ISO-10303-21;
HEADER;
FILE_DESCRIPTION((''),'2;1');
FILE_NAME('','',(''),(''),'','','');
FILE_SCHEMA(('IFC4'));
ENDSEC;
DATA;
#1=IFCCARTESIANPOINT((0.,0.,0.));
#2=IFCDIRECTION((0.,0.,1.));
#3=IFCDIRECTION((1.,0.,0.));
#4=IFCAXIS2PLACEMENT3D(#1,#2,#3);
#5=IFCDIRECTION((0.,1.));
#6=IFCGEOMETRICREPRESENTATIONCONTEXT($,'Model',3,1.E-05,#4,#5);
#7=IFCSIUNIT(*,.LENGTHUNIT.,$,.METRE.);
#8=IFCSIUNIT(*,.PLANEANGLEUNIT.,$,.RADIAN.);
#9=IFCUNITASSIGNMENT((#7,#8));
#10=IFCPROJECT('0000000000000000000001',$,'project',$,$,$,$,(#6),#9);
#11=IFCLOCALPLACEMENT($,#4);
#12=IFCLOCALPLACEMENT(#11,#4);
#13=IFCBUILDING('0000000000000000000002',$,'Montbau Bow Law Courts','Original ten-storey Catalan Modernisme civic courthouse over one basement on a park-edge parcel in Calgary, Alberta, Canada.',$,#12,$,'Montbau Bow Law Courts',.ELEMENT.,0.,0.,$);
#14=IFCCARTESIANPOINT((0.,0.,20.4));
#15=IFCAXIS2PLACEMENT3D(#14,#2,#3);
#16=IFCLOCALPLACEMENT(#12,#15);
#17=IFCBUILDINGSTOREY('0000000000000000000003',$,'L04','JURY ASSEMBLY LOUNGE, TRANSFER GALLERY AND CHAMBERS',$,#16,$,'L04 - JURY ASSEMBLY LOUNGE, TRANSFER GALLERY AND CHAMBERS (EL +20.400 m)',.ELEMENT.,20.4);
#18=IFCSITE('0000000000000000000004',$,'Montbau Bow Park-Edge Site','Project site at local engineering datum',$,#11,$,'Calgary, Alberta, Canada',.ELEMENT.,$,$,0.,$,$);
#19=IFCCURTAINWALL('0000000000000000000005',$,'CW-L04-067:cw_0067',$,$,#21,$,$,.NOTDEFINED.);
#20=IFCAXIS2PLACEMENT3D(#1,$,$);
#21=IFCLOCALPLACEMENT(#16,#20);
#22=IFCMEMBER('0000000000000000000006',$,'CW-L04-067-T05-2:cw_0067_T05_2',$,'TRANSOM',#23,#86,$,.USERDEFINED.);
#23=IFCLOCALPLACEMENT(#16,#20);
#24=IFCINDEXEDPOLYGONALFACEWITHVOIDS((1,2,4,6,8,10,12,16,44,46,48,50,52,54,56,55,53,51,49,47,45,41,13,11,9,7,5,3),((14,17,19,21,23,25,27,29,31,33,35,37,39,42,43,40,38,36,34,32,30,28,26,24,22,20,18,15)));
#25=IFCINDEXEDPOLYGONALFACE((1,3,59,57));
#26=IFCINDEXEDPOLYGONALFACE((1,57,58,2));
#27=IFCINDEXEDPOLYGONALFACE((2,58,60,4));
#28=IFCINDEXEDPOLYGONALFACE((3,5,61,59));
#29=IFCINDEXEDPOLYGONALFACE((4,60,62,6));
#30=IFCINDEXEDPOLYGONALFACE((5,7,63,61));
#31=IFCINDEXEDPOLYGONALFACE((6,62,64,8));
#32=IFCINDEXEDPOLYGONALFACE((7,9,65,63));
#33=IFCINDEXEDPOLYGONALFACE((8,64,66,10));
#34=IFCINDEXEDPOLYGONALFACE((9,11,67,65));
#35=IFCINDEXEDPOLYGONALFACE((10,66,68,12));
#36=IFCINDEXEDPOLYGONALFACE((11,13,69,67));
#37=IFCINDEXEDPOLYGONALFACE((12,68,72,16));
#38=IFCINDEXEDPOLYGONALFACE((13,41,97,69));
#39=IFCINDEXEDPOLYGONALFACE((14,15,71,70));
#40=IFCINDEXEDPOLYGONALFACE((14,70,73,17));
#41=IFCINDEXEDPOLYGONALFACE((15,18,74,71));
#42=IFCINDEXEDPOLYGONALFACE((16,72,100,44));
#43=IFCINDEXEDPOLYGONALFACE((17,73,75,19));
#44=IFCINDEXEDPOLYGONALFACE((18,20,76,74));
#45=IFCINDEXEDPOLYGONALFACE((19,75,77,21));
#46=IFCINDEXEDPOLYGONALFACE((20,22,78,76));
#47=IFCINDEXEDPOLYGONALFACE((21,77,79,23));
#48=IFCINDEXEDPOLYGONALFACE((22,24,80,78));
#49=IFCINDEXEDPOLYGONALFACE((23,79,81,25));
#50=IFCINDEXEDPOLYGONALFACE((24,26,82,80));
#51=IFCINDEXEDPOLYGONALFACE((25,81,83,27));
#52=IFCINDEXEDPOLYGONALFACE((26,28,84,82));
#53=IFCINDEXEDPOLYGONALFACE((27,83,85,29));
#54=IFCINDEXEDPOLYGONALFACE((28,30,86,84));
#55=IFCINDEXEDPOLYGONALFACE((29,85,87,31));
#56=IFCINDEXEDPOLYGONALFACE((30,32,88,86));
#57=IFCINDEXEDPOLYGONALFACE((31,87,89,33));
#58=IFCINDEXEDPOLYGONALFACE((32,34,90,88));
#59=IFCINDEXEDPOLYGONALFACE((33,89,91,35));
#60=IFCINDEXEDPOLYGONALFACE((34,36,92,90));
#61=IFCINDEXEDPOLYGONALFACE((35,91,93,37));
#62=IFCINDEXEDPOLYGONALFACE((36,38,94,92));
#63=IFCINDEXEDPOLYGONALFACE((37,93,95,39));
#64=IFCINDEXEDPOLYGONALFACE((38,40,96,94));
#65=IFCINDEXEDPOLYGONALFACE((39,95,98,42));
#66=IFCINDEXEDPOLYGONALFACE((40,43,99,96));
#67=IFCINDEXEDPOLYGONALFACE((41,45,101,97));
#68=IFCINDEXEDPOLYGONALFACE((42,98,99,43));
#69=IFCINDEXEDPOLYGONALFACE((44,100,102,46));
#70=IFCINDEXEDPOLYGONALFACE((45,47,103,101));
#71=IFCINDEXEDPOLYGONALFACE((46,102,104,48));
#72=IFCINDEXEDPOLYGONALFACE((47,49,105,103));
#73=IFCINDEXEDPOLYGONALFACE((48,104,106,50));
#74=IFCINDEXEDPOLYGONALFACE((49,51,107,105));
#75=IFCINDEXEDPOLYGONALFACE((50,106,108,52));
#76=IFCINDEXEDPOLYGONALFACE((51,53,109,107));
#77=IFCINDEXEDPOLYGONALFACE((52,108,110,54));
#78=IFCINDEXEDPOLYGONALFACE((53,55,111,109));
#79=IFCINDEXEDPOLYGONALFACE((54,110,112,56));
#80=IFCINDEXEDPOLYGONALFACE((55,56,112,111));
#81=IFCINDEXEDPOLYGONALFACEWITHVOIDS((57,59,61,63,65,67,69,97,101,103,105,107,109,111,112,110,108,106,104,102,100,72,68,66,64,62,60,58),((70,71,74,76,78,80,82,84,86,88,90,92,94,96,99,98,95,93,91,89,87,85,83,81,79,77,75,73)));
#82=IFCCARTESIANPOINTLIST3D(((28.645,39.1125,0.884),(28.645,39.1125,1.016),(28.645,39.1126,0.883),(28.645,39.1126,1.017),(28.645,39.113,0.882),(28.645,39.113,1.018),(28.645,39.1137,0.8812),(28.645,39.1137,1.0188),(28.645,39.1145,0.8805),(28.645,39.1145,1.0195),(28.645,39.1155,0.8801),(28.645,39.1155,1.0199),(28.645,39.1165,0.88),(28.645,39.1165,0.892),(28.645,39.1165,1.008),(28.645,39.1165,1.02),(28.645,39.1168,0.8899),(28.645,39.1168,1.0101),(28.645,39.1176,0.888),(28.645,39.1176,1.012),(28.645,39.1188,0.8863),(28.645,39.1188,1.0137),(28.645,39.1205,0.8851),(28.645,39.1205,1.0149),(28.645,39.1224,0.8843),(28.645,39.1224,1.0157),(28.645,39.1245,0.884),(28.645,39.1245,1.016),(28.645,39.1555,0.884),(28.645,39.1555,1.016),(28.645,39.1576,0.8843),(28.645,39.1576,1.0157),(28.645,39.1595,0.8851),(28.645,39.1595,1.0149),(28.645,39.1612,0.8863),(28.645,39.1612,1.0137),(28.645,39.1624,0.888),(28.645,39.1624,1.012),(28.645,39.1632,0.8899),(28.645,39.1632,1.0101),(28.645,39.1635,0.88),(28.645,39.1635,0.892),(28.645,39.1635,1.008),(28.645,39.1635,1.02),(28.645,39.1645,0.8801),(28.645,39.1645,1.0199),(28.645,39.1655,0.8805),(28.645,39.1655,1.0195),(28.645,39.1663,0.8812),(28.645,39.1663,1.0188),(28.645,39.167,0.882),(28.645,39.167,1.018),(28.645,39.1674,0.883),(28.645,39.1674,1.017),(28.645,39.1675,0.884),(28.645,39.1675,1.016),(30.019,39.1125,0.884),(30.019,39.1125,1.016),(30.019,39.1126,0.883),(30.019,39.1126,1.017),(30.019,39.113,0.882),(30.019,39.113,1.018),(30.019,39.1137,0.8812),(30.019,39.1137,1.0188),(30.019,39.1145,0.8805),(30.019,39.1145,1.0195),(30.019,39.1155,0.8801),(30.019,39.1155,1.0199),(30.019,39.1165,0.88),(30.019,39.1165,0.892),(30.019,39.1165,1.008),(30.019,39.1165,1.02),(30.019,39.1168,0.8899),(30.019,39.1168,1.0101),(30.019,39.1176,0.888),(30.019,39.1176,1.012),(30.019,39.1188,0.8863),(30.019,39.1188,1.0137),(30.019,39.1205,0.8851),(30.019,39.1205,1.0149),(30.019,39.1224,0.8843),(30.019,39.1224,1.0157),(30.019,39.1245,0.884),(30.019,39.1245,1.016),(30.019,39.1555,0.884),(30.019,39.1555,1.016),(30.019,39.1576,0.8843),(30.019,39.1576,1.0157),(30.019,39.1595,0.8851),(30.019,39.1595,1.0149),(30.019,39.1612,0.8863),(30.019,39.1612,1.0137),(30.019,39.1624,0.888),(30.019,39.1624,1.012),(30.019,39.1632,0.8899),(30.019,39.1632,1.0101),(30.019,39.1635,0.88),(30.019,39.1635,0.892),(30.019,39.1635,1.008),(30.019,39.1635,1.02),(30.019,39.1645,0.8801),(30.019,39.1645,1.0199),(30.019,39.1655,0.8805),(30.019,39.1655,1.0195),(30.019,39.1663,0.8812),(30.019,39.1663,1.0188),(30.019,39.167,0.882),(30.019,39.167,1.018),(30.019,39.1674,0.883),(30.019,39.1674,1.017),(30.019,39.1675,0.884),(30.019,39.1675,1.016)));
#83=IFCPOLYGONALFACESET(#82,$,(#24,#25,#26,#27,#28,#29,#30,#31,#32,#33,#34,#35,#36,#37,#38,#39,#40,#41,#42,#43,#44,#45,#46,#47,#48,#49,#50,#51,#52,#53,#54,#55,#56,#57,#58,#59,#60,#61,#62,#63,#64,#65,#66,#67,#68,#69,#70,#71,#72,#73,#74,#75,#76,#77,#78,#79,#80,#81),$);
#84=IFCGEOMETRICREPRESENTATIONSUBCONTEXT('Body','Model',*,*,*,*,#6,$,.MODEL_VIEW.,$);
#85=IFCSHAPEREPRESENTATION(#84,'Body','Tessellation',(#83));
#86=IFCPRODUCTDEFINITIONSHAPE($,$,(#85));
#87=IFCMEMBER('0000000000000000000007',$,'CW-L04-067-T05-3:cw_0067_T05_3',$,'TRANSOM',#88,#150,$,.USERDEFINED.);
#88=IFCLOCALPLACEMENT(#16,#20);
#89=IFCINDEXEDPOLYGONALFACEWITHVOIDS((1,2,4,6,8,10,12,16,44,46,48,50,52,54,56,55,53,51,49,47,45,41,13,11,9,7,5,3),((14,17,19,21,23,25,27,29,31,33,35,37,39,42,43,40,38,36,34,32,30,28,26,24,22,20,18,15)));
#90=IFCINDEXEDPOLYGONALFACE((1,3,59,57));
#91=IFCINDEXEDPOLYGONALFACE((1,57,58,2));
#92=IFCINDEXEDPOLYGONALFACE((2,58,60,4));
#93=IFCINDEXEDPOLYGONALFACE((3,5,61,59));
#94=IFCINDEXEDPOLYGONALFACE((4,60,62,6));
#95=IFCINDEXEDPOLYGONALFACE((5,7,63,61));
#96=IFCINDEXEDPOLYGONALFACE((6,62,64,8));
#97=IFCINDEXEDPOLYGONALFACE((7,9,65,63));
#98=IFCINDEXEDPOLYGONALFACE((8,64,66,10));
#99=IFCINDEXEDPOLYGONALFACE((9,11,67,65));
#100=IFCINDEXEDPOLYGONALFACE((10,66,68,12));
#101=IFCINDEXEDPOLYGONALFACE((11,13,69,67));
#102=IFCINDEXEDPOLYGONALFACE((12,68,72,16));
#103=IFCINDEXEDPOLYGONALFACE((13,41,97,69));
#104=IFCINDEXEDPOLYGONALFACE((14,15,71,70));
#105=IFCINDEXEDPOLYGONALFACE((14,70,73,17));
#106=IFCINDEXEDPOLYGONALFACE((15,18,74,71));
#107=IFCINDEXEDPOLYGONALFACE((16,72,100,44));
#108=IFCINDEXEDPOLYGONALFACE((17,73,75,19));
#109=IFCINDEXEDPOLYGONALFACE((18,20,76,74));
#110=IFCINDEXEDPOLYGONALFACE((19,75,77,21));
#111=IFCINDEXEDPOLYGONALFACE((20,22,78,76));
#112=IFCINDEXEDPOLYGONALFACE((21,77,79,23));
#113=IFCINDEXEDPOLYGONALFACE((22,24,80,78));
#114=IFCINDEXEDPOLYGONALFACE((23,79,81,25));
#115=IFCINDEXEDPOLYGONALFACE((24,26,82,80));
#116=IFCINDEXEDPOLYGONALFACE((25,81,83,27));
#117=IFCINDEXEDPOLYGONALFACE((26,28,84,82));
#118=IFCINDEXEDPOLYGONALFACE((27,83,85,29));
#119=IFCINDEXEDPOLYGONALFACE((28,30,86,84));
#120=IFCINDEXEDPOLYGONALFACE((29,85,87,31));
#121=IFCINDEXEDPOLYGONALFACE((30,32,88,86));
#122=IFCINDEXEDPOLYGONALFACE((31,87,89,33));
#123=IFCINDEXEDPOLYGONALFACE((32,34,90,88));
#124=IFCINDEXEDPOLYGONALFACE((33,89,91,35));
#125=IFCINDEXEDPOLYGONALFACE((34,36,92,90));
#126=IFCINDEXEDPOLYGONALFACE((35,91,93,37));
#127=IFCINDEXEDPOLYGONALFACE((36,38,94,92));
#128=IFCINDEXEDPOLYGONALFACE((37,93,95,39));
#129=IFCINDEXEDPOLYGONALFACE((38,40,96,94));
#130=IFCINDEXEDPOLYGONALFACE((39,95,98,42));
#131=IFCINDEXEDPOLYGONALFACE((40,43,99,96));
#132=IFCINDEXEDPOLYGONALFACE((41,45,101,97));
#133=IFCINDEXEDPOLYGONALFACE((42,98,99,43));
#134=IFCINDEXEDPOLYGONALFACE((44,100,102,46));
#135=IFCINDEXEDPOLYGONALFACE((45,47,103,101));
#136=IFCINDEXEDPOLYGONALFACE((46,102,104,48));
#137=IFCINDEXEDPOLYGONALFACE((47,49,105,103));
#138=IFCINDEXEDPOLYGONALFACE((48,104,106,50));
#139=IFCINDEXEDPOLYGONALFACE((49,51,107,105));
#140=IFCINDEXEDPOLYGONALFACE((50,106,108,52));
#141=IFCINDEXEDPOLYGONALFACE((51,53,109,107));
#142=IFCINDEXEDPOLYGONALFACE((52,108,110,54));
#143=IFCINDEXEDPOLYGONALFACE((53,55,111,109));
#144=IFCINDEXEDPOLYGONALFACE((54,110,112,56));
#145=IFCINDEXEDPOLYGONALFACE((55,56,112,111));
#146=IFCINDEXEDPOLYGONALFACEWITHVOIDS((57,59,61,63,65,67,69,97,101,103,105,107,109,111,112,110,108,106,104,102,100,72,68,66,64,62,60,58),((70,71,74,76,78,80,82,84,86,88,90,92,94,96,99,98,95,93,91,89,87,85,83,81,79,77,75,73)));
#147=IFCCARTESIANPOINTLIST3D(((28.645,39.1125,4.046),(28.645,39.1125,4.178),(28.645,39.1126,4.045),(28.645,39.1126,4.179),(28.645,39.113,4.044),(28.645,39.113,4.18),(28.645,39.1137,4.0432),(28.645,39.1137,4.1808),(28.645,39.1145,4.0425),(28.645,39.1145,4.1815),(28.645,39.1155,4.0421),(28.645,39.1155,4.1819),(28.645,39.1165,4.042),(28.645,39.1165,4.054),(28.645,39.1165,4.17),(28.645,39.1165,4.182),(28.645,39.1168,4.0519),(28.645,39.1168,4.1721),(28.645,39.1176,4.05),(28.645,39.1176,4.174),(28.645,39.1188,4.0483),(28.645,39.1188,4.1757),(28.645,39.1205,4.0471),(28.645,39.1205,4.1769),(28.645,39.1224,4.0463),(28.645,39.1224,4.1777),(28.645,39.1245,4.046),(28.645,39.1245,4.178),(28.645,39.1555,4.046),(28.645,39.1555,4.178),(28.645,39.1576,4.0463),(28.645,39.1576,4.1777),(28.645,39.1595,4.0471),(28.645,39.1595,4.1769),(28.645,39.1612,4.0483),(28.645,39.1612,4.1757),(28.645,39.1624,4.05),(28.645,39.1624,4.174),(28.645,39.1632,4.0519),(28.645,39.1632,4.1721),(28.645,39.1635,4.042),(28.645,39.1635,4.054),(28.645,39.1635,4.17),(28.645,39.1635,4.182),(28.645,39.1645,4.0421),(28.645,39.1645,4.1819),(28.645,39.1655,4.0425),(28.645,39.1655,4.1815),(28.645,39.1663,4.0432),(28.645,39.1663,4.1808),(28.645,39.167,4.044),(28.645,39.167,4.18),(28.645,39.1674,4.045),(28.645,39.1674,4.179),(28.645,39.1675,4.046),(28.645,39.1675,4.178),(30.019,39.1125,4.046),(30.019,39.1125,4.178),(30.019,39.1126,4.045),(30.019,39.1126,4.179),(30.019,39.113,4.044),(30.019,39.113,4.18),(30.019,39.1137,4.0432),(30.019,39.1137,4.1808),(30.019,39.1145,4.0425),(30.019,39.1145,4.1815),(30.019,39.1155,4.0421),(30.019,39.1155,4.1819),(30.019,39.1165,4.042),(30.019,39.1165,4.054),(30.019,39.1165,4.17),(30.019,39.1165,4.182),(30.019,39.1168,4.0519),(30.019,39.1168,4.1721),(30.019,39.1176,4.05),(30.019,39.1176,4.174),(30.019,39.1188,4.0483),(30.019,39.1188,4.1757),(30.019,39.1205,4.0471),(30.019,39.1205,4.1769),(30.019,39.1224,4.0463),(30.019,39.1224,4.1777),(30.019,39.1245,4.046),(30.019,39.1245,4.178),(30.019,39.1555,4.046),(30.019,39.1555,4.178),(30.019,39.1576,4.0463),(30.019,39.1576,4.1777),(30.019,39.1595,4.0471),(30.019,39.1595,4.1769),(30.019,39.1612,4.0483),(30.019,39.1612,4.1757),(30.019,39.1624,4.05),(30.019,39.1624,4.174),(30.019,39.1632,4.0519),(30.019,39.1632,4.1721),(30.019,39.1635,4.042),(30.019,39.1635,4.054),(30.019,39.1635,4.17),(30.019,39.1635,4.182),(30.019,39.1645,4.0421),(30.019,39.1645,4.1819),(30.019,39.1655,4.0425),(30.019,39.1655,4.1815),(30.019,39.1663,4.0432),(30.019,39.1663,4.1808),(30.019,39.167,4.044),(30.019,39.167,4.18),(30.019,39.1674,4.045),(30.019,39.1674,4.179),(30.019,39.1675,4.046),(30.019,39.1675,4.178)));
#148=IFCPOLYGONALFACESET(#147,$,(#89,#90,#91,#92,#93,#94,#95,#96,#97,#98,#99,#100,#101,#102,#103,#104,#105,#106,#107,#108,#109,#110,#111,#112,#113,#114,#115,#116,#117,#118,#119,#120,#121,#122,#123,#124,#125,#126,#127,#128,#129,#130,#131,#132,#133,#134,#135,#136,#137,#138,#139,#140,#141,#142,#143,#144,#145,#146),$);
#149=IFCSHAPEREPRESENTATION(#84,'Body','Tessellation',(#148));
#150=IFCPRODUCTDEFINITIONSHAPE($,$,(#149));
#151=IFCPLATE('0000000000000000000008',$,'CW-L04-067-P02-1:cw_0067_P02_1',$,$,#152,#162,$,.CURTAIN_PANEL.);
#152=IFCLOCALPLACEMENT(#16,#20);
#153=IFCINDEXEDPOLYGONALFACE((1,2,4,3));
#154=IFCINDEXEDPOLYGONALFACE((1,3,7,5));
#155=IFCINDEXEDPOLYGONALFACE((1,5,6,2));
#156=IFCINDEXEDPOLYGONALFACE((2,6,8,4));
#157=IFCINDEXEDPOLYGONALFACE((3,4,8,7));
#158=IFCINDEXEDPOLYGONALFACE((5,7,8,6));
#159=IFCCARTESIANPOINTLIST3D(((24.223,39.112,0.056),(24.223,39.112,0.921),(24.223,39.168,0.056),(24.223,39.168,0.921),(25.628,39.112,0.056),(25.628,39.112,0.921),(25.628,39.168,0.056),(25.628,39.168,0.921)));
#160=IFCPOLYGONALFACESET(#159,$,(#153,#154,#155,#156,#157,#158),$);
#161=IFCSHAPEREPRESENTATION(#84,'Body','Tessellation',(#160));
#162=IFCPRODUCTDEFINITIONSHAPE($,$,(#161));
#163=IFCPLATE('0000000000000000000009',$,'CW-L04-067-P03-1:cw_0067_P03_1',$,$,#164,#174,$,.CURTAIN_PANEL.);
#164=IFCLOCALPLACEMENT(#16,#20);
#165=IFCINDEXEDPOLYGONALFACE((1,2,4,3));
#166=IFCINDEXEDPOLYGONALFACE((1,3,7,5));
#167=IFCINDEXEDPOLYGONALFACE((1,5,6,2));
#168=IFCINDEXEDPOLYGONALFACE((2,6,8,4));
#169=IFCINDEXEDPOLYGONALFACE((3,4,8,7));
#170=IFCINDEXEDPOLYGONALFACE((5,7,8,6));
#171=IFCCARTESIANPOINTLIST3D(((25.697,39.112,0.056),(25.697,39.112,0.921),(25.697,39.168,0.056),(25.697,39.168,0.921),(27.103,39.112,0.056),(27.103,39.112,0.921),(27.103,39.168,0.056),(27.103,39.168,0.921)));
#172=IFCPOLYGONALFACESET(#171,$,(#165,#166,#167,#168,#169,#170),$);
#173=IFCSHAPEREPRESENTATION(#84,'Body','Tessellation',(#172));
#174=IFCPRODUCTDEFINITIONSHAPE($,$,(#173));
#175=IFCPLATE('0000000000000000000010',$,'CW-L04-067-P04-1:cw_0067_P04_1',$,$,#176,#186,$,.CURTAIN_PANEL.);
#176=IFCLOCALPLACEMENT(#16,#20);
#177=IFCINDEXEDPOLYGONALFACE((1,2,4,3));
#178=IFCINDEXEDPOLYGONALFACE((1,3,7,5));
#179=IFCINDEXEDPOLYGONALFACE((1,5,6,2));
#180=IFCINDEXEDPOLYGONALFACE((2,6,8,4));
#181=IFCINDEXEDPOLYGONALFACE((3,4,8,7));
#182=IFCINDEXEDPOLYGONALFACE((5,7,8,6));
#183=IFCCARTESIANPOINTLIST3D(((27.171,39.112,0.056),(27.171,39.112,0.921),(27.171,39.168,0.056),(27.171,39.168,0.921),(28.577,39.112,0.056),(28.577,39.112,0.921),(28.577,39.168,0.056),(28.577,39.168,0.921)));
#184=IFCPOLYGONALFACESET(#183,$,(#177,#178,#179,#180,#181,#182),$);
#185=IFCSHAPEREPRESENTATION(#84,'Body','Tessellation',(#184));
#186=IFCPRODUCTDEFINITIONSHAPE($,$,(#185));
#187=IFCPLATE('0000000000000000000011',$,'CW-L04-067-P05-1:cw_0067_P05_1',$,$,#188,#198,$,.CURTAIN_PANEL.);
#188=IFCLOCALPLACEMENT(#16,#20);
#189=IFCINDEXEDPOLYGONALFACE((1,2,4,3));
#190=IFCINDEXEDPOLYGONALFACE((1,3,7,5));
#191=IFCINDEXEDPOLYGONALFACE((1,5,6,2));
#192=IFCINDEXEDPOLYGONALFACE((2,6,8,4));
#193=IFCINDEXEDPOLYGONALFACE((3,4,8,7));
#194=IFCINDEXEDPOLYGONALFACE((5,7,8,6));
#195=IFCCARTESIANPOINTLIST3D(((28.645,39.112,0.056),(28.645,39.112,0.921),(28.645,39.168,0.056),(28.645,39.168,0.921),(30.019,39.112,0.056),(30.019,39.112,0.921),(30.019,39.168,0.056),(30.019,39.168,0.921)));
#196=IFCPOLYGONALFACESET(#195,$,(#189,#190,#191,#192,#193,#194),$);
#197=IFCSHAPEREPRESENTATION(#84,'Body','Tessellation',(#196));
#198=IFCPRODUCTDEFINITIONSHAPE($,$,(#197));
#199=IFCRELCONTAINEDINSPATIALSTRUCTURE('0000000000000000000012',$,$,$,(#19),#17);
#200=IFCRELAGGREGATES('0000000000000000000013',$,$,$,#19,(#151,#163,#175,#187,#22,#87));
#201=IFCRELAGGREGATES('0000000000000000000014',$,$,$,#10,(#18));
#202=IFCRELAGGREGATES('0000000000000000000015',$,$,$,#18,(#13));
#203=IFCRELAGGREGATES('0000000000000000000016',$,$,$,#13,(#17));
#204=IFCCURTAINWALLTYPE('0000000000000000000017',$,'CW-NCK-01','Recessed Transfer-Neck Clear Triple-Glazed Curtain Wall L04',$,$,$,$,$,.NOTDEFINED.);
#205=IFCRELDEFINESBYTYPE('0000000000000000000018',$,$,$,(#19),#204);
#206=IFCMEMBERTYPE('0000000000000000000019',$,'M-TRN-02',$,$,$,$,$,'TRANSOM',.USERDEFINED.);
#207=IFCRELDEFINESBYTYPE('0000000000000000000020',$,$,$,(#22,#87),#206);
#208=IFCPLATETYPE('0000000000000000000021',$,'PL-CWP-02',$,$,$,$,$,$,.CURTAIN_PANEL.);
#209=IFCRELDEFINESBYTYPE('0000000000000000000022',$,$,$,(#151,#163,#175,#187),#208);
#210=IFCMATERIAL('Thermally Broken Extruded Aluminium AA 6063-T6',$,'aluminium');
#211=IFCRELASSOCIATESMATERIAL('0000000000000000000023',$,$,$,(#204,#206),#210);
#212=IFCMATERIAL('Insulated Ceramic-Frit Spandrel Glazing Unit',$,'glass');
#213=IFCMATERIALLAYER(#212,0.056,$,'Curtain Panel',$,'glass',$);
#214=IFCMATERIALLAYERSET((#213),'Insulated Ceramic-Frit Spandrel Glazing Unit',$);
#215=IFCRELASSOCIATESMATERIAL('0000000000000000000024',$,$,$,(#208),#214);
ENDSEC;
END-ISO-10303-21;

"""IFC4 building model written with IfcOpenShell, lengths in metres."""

from ifc_helpers import new_model, si_unit, direction, frame, frame_2d, origin_with_axes, origin_2d_with_axis, place, context, subcontext, project, spatial, rectangle, hollow_rectangle, extrude, material, layer, layer_set, material_profile, profile_set, type_object, element, aggregate, save


model = new_model("IFC4")

# Units and contexts
model_context = context("Model", 3, precision=1e-05, world=origin_with_axes(), true_north=direction((0.0, 1.0)))
body_context = subcontext(model_context, "Body", "Model", "MODEL_VIEW")
ifc_project = project(units=[si_unit("LENGTHUNIT", "METRE"), si_unit("PLANEANGLEUNIT", "RADIAN")], contexts=[model_context])

# Site, building, storey
site_placement = place(None, origin_with_axes())
site = spatial("IfcSite", under=ifc_project, at=site_placement, Name="Montbau Bow Park-Edge Site", Description="Project site at local engineering datum", LongName="Calgary, Alberta, Canada", CompositionType="ELEMENT", RefElevation=0.0)
building_placement = place(site_placement, origin_with_axes())
building = spatial("IfcBuilding", under=site, at=building_placement, Name="Montbau Bow Law Courts", Description="Original ten-storey Catalan Modernisme civic courthouse over one basement on a park-edge parcel in Calgary, Alberta, Canada.", LongName="Montbau Bow Law Courts", CompositionType="ELEMENT", ElevationOfRefHeight=0.0, ElevationOfTerrain=0.0)
storey_placement = place(building_placement, frame((0.0, 0.0, 20.4), z_axis=(0.0, 0.0, 1.0), x_axis=(1.0, 0.0, 0.0)))
storey = spatial("IfcBuildingStorey", under=building, at=storey_placement, Name="L04", Description="JURY ASSEMBLY LOUNGE, TRANSFER GALLERY AND CHAMBERS", LongName="L04 - JURY ASSEMBLY LOUNGE, TRANSFER GALLERY AND CHAMBERS (EL +20.400 m)", CompositionType="ELEMENT", Elevation=20.4)

# Curtain wall, members, plates
ifc_material_1 = material(Name="Thermally Broken Extruded Aluminium AA 6063-T6", Category="aluminium")
curtain_wall_type = type_object("IfcCurtainWallType", Name="CW-NCK-01", Description="Recessed Transfer-Neck Clear Triple-Glazed Curtain Wall L04", PredefinedType="NOTDEFINED", material=ifc_material_1)
curtain_wall_placement = place(None, frame((22.715, 39.14, 20.4), z_axis=(0.0, 0.0, 1.0), x_axis=(1.0, 0.0, 0.0)))
curtain_wall = element("IfcCurtainWall", 1, at=curtain_wall_placement, inside=storey, type_object=curtain_wall_type, Name="CW-L04-067:cw_0067", PredefinedType="NOTDEFINED")
ifc_material_profile_1 = material_profile(ifc_material_1, hollow_rectangle(XDim=0.055, YDim=0.14, WallThickness=0.004, InnerFilletRadius=0.008, OuterFilletRadius=0.004, at=origin_2d_with_axis()), Name="CWT-140X55", Category="Main", Priority=0)
ifc_profile_set_1 = profile_set([ifc_material_profile_1], Name="Thermally Broken Extruded Aluminium AA 6063-T6")
member_type_1 = type_object("IfcMemberType", Name="M-TRN-02", ElementType="TRANSOM", PredefinedType="USERDEFINED", material=ifc_profile_set_1)
member_1_placement = place(None, frame((28.645, 39.14, 21.35), z_axis=(1.0, 0.0, 0.0), x_axis=(0.0, 1.0, 0.0)))
member_1 = element("IfcMember", 2, at=member_1_placement, type_object=member_type_1, Name="CW-L04-067-T05-2:cw_0067_T05_2", ObjectType="TRANSOM", PredefinedType="USERDEFINED", context=body_context, shape_type="SweptSolid", body=[
    extrude(hollow_rectangle(XDim=0.055, YDim=0.14, WallThickness=0.004, InnerFilletRadius=0.008, OuterFilletRadius=0.004, at=origin_2d_with_axis()), origin_with_axes(), (0.0, 0.0, 1.0), 1.374),
])
member_2_placement = place(None, frame((28.645, 39.14, 24.512), z_axis=(1.0, 0.0, 0.0), x_axis=(0.0, 1.0, 0.0)))
member_2 = element("IfcMember", 3, at=member_2_placement, type_object=member_type_1, Name="CW-L04-067-T05-3:cw_0067_T05_3", ObjectType="TRANSOM", PredefinedType="USERDEFINED", context=body_context, shape_type="SweptSolid", body=[
    extrude(hollow_rectangle(XDim=0.055, YDim=0.14, WallThickness=0.004, InnerFilletRadius=0.008, OuterFilletRadius=0.004, at=origin_2d_with_axis()), origin_with_axes(), (0.0, 0.0, 1.0), 1.374),
])
ifc_material_2 = material(Name="Insulated Ceramic-Frit Spandrel Glazing Unit", Category="glass")
ifc_layer_1 = layer(ifc_material_2, 0.056, Name="Curtain Panel", Category="glass")
ifc_layer_set_1 = layer_set([ifc_layer_1], Name="Insulated Ceramic-Frit Spandrel Glazing Unit")
plate_type_1 = type_object("IfcPlateType", Name="PL-CWP-02", PredefinedType="CURTAIN_PANEL", material=ifc_layer_set_1)
plate_1_placement = place(None, frame((24.223, 39.14, 20.456), z_axis=(0.0, -1.0, 0.0), x_axis=(1.0, 0.0, 0.0)))
plate_1 = element("IfcPlate", 4, at=plate_1_placement, type_object=plate_type_1, Name="CW-L04-067-P02-1:cw_0067_P02_1", PredefinedType="CURTAIN_PANEL", context=body_context, shape_type="SweptSolid", body=[
    extrude(rectangle(XDim=1.405, YDim=0.865, at=frame_2d((0.7025, 0.4325), x_axis=(1.0, 0.0))), frame((0.0, 0.0, -0.028), z_axis=(0.0, 0.0, 1.0), x_axis=(1.0, 0.0, 0.0)), (0.0, 0.0, 1.0), 0.056),
])
plate_2_placement = place(None, frame((25.697, 39.14, 20.456), z_axis=(0.0, -1.0, 0.0), x_axis=(1.0, 0.0, 0.0)))
plate_2 = element("IfcPlate", 5, at=plate_2_placement, type_object=plate_type_1, Name="CW-L04-067-P03-1:cw_0067_P03_1", PredefinedType="CURTAIN_PANEL", context=body_context, shape_type="SweptSolid", body=[
    extrude(rectangle(XDim=1.406, YDim=0.865, at=frame_2d((0.703, 0.4325), x_axis=(1.0, 0.0))), frame((0.0, 0.0, -0.028), z_axis=(0.0, 0.0, 1.0), x_axis=(1.0, 0.0, 0.0)), (0.0, 0.0, 1.0), 0.056),
])
plate_3_placement = place(None, frame((27.171, 39.14, 20.456), z_axis=(0.0, -1.0, 0.0), x_axis=(1.0, 0.0, 0.0)))
plate_3 = element("IfcPlate", 6, at=plate_3_placement, type_object=plate_type_1, Name="CW-L04-067-P04-1:cw_0067_P04_1", PredefinedType="CURTAIN_PANEL", context=body_context, shape_type="SweptSolid", body=[
    extrude(rectangle(XDim=1.406, YDim=0.865, at=frame_2d((0.703, 0.4325), x_axis=(1.0, 0.0))), frame((0.0, 0.0, -0.028), z_axis=(0.0, 0.0, 1.0), x_axis=(1.0, 0.0, 0.0)), (0.0, 0.0, 1.0), 0.056),
])
plate_4_placement = place(None, frame((28.645, 39.14, 20.456), z_axis=(0.0, -1.0, 0.0), x_axis=(1.0, 0.0, 0.0)))
plate_4 = element("IfcPlate", 7, at=plate_4_placement, type_object=plate_type_1, Name="CW-L04-067-P05-1:cw_0067_P05_1", PredefinedType="CURTAIN_PANEL", context=body_context, shape_type="SweptSolid", body=[
    extrude(rectangle(XDim=1.374, YDim=0.865, at=frame_2d((0.687, 0.4325), x_axis=(1.0, 0.0))), frame((0.0, 0.0, -0.028), z_axis=(0.0, 0.0, 1.0), x_axis=(1.0, 0.0, 0.0)), (0.0, 0.0, 1.0), 0.056),
])
aggregate(curtain_wall, [plate_1, plate_2, plate_3, plate_4, member_1, member_2])

save(model, "model.ifc")
